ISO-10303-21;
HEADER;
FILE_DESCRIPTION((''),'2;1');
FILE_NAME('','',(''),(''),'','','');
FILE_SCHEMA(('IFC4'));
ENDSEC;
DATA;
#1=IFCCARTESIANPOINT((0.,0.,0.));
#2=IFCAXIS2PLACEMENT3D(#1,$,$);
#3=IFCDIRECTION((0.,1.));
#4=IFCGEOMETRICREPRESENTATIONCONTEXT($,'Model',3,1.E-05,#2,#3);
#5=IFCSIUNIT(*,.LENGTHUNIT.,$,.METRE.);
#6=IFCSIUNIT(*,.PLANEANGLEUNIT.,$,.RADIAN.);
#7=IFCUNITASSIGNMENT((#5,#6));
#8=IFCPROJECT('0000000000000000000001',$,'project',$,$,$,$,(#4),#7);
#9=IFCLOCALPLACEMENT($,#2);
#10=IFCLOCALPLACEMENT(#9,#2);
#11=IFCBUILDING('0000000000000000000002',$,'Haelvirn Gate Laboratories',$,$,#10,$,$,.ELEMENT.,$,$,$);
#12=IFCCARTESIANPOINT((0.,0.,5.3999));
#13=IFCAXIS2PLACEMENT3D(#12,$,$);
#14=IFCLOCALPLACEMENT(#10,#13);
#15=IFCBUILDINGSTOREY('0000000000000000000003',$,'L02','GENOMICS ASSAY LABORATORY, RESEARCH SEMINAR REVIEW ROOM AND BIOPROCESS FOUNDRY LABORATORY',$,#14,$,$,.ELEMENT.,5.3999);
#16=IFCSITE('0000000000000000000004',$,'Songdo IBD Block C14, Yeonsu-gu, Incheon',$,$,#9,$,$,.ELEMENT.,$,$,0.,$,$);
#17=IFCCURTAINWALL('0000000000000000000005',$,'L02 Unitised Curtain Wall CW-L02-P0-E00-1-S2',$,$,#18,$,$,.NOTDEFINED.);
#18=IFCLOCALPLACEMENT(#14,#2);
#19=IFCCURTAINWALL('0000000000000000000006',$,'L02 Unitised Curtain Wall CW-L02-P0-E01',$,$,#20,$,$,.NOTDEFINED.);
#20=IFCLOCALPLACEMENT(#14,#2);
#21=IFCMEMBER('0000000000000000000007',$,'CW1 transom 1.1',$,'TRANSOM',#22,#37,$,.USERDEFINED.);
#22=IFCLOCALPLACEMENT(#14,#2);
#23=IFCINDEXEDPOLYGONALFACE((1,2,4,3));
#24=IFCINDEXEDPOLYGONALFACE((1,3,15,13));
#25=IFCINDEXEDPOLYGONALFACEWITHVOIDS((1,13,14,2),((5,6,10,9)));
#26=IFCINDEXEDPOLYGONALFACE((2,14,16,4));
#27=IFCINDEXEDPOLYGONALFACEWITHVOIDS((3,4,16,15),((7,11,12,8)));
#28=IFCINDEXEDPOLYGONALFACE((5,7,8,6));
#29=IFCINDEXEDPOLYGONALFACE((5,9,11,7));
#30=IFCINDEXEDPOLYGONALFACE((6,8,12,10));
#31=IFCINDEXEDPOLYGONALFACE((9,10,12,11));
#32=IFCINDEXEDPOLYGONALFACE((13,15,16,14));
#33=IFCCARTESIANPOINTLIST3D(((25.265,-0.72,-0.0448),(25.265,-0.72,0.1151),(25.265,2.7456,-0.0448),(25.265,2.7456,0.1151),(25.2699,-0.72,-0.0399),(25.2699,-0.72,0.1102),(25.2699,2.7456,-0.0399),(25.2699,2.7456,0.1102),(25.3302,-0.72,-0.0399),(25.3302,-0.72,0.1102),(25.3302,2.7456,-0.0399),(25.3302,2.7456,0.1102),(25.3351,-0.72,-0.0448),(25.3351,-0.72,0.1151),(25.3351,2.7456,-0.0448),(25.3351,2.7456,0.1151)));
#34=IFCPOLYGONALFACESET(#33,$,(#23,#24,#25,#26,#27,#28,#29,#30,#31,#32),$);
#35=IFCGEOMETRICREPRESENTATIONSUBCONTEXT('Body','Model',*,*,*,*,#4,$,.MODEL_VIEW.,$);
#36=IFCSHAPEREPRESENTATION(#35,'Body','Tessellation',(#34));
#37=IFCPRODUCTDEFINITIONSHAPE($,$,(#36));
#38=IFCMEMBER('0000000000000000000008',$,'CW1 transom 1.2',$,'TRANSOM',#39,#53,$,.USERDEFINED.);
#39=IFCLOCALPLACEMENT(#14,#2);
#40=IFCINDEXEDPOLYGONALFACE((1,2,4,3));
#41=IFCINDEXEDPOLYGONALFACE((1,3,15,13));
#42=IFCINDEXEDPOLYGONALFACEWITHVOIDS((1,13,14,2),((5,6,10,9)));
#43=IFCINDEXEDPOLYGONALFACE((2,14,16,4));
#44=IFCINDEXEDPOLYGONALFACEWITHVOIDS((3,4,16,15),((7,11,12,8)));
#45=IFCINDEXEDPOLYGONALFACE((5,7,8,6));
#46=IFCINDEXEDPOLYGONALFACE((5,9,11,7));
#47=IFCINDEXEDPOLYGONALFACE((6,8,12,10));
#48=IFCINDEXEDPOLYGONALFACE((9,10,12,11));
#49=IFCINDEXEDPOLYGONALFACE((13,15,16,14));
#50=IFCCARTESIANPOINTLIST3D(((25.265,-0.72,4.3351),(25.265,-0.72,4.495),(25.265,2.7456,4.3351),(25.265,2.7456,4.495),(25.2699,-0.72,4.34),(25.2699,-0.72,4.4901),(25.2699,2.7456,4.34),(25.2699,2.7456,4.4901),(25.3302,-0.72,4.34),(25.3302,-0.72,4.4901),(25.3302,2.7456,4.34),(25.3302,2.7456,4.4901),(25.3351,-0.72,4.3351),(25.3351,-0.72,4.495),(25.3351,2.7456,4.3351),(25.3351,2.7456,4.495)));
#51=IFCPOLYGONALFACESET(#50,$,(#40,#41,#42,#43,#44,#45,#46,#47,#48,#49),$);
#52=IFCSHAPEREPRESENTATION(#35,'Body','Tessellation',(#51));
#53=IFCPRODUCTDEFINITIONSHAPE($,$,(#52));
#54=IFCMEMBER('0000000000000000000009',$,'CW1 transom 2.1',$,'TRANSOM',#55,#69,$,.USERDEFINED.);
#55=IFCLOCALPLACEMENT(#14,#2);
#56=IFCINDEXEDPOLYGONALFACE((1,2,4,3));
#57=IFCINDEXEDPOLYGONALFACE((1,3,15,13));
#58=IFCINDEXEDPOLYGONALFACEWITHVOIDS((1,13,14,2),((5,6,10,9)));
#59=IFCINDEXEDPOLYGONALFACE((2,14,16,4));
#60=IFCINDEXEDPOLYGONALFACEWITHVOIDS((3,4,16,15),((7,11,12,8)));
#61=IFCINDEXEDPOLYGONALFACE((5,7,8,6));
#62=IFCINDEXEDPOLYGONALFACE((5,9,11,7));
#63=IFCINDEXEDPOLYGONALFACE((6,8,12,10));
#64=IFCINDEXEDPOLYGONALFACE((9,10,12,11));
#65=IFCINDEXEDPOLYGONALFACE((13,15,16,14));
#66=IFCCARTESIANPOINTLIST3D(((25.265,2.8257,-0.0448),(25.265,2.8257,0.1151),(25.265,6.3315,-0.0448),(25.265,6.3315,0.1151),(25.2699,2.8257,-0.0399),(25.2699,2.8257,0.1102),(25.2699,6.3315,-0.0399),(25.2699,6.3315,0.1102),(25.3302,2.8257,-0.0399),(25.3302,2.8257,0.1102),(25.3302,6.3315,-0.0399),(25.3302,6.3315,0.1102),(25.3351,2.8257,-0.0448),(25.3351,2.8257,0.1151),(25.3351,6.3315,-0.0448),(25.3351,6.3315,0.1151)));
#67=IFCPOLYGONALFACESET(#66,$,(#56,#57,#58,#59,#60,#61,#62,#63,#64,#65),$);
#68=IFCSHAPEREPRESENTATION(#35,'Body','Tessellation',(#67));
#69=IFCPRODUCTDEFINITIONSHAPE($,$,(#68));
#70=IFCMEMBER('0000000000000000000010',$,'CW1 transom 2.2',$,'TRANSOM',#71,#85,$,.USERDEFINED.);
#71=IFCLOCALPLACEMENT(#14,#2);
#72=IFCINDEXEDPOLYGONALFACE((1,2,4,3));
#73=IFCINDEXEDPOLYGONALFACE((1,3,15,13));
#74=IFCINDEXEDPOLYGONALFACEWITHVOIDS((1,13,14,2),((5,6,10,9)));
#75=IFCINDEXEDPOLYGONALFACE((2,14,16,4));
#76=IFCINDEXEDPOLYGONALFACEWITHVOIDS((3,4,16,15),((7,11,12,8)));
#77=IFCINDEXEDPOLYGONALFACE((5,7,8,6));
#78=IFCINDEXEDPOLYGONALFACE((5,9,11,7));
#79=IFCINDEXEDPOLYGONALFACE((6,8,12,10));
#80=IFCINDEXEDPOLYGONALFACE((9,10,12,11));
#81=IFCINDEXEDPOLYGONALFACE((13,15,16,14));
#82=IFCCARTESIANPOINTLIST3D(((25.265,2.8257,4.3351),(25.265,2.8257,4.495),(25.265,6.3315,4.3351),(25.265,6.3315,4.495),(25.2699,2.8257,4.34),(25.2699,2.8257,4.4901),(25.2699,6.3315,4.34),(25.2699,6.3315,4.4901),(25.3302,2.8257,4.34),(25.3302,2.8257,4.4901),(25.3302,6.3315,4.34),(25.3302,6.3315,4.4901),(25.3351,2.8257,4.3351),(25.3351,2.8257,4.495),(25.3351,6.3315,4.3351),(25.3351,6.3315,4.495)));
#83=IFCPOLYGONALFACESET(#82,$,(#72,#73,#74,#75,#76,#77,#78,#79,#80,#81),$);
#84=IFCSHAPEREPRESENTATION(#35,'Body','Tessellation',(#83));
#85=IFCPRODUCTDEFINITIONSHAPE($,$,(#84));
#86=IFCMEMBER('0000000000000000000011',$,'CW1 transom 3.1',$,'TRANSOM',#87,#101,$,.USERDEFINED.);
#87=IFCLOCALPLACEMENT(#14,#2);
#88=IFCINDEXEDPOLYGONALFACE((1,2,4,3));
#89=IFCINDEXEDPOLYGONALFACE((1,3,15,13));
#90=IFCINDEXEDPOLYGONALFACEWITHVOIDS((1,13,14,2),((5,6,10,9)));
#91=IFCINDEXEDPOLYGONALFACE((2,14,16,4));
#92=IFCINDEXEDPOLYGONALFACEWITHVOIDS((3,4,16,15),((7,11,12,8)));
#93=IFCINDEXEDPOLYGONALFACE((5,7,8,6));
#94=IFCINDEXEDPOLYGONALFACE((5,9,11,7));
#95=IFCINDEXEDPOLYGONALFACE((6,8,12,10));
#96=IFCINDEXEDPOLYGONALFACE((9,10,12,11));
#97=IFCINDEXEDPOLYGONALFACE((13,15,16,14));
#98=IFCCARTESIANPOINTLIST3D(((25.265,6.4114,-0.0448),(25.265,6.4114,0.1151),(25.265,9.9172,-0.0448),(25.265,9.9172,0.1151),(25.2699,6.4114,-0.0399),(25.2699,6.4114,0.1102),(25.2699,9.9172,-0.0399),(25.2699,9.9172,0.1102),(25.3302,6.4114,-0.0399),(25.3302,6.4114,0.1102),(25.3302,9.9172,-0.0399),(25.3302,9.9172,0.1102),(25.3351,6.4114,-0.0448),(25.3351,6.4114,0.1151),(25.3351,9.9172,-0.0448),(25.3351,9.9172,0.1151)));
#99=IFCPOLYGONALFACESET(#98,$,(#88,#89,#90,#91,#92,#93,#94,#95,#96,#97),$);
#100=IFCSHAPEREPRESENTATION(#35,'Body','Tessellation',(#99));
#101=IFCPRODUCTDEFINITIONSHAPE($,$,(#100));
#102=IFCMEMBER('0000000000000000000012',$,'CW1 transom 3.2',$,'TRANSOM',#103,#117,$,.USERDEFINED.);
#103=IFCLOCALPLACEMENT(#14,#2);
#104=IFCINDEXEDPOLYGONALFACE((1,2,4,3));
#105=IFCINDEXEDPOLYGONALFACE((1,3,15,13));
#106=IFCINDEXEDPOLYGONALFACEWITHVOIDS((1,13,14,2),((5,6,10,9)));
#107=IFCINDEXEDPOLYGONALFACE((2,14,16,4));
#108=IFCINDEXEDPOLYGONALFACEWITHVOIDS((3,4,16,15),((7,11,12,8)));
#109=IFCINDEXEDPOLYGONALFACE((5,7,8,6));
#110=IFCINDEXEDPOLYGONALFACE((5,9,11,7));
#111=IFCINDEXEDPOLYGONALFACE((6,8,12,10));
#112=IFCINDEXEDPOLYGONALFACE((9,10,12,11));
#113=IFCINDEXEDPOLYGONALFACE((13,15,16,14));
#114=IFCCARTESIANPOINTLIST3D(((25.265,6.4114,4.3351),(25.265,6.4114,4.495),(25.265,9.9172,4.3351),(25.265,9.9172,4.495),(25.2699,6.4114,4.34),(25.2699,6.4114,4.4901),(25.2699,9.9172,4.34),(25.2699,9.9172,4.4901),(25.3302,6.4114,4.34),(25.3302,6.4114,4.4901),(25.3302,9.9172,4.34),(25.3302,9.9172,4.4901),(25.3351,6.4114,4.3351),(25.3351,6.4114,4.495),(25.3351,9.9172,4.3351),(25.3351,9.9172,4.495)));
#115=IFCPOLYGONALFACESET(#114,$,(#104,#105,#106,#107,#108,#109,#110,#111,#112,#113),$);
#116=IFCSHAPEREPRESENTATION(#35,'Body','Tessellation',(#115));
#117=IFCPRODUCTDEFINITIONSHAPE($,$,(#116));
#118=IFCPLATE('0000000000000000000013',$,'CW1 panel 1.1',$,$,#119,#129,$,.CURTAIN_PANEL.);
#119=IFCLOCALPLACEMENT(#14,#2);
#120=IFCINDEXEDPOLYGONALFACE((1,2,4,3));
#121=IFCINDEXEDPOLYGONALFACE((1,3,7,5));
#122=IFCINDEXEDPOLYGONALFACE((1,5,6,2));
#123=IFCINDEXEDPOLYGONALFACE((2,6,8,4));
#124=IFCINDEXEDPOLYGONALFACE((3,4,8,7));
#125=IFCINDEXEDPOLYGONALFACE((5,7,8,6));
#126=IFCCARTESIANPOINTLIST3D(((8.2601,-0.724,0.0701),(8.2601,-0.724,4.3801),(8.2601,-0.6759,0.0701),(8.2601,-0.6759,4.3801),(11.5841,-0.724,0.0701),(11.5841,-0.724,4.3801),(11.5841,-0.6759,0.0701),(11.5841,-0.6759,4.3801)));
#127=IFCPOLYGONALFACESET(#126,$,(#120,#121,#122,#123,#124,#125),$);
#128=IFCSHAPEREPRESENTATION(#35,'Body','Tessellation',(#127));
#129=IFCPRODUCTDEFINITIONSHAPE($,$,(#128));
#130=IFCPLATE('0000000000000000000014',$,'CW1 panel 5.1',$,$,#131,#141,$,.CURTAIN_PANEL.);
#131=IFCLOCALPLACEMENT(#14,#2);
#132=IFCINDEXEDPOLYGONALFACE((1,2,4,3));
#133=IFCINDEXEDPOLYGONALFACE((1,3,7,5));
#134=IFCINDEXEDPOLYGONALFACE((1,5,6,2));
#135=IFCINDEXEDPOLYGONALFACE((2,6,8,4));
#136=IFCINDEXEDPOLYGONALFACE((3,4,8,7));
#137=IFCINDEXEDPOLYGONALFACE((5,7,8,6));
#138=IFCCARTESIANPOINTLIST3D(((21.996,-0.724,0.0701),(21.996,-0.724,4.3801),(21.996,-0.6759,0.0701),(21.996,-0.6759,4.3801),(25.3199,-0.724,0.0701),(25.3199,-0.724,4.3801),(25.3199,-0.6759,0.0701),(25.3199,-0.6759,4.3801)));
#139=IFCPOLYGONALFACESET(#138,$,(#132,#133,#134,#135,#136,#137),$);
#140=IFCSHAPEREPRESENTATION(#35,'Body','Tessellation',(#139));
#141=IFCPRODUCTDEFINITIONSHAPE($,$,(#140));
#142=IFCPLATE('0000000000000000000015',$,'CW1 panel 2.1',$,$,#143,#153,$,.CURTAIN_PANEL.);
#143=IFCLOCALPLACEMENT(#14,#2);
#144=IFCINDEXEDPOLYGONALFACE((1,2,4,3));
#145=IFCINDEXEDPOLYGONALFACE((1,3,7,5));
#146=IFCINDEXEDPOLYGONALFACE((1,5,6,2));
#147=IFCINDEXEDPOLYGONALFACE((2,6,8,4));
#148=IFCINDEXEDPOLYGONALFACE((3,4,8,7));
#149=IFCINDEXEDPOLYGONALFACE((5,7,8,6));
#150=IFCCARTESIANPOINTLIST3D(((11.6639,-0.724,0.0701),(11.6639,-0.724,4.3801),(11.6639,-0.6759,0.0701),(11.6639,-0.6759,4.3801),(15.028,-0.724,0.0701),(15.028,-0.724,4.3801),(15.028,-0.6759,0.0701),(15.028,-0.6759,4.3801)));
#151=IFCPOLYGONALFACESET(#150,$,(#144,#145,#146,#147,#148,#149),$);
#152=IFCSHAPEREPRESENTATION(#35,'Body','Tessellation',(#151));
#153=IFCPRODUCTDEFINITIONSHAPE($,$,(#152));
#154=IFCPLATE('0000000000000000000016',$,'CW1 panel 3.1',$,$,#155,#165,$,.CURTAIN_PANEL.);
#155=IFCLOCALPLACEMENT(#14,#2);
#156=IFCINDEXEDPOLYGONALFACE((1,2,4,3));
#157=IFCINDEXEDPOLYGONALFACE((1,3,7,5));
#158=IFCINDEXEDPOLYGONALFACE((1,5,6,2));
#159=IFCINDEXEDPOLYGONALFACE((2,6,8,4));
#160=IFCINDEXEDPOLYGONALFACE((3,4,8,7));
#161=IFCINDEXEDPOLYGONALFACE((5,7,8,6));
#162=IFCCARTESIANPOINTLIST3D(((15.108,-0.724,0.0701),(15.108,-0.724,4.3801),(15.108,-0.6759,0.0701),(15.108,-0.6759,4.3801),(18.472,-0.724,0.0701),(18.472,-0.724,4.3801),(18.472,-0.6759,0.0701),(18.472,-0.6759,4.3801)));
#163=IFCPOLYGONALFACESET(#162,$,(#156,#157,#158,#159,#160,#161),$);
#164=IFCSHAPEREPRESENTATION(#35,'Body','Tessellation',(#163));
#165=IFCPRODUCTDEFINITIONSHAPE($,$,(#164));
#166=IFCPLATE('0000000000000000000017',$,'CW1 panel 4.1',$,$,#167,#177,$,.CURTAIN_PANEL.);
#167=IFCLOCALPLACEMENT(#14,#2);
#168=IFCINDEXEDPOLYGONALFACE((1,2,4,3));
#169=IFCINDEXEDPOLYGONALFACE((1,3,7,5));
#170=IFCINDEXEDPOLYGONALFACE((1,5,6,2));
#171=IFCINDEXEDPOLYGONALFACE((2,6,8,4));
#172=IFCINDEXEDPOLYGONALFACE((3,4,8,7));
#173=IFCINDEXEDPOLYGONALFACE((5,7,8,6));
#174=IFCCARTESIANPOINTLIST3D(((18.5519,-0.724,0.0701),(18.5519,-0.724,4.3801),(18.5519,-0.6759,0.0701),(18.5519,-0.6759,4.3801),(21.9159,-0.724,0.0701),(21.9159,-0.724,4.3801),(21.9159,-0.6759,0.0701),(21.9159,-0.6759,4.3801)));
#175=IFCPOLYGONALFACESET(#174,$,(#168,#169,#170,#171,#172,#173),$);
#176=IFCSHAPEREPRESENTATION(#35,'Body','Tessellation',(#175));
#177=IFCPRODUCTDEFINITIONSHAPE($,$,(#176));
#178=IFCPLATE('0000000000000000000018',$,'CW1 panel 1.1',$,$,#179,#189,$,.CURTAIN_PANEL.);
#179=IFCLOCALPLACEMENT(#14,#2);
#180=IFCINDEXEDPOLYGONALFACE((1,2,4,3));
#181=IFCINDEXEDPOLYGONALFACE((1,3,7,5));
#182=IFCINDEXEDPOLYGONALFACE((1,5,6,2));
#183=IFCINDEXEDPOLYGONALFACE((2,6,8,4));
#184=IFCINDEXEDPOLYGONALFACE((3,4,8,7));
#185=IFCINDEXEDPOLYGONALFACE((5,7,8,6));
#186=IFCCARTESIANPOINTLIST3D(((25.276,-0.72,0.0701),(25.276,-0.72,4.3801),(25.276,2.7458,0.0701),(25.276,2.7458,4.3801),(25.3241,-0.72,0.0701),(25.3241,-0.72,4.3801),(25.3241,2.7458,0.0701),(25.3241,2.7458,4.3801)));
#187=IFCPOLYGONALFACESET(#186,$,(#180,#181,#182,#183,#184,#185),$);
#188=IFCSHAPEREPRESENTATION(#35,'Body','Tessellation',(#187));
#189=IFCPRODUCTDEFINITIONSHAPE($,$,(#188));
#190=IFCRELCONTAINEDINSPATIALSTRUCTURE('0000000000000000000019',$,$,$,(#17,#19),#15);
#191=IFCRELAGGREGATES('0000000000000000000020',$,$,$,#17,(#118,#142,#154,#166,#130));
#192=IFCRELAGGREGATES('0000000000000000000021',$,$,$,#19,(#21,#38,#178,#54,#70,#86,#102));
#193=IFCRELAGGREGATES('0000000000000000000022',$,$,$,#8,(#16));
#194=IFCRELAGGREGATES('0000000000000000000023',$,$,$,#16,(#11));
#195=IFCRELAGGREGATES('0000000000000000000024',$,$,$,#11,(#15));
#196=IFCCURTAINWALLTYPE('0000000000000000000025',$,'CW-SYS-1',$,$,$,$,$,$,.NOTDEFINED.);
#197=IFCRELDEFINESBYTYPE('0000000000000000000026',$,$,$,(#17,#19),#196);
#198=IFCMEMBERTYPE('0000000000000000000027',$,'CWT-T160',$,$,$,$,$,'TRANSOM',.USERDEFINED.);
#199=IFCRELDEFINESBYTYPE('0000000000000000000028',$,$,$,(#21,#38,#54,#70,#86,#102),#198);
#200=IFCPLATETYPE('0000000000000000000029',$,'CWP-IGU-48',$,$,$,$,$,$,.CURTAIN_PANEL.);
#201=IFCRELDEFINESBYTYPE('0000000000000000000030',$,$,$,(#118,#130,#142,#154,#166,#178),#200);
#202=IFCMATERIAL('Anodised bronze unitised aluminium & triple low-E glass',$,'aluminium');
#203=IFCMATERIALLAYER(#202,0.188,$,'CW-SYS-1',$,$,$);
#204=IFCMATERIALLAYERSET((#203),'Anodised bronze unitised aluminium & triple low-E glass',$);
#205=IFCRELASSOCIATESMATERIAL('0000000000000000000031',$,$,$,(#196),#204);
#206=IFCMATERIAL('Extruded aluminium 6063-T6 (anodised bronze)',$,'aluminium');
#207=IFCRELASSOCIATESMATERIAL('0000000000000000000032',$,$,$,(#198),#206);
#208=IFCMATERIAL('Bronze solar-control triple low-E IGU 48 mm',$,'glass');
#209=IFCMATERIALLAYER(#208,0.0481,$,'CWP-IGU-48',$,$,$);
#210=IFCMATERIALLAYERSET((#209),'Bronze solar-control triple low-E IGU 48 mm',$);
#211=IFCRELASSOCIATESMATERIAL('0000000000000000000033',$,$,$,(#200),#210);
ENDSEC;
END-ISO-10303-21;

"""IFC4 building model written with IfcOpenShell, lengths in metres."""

from ifc_helpers import new_model, si_unit, direction, frame, origin, origin_2d, place, context, subcontext, project, spatial, rectangle, hollow_rectangle, extrude, source, transform, mapped, material, layer, layer_set, material_profile, profile_set, type_object, element, aggregate, save


model = new_model("IFC4")

# Units and contexts
model_context = context("Model", 3, precision=1e-05, world=origin(), true_north=direction((0.0, 1.0)))
body_context = subcontext(model_context, "Body", "Model", "MODEL_VIEW")
ifc_project = project(units=[si_unit("LENGTHUNIT", "METRE"), si_unit("PLANEANGLEUNIT", "RADIAN")], contexts=[model_context])

# Site, building, storey
site_placement = place(None, origin())
site = spatial("IfcSite", under=ifc_project, at=site_placement, Name="Songdo IBD Block C14, Yeonsu-gu, Incheon", CompositionType="ELEMENT", RefElevation=0.0)
building_placement = place(site_placement, origin())
building = spatial("IfcBuilding", under=site, at=building_placement, Name="Haelvirn Gate Laboratories", CompositionType="ELEMENT")
storey_placement = place(building_placement, frame((0.0, 0.0, 5.3999)))
storey = spatial("IfcBuildingStorey", under=building, at=storey_placement, Name="L02", Description="GENOMICS ASSAY LABORATORY, RESEARCH SEMINAR REVIEW ROOM AND BIOPROCESS FOUNDRY LABORATORY", CompositionType="ELEMENT", Elevation=5.3999)

# Curtain walls
ifc_material_1 = material(Name="Anodised bronze unitised aluminium & triple low-E glass", Category="aluminium")
ifc_layer_1 = layer(ifc_material_1, 0.188, Name="CW-SYS-1")
ifc_layer_set_1 = layer_set([ifc_layer_1], Name="Anodised bronze unitised aluminium & triple low-E glass")
curtain_wall_type = type_object("IfcCurtainWallType", Name="CW-SYS-1", PredefinedType="NOTDEFINED", material=ifc_layer_set_1)
curtain_wall_1_placement = place(storey_placement, origin())
curtain_wall_1 = element("IfcCurtainWall", 1, at=curtain_wall_1_placement, inside=storey, type_object=curtain_wall_type, Name="L02 Unitised Curtain Wall CW-L02-P0-E00-1-S2", PredefinedType="NOTDEFINED")
ifc_material_2 = material(Name="Extruded aluminium 6063-T6 (anodised bronze)", Category="aluminium")
curtain_wall_2_placement = place(storey_placement, origin())
curtain_wall_2 = element("IfcCurtainWall", 2, at=curtain_wall_2_placement, inside=storey, type_object=curtain_wall_type, Name="L02 Unitised Curtain Wall CW-L02-P0-E01", PredefinedType="NOTDEFINED")

# Members
ifc_material_profile_1 = material_profile(ifc_material_2, hollow_rectangle(XDim=0.0701, YDim=0.1599, WallThickness=0.0049, at=origin_2d()), Name="CWT-160x70x5")
ifc_profile_set_1 = profile_set([ifc_material_profile_1], Name="Extruded aluminium 6063-T6 (anodised bronze)")
member_type_1 = type_object("IfcMemberType", Name="CWT-T160", ElementType="TRANSOM", PredefinedType="USERDEFINED", material=ifc_profile_set_1)
shared_shape_1 = source(origin(), body_context, "Body", "SweptSolid", [
    extrude(hollow_rectangle(XDim=0.0701, YDim=0.1599, WallThickness=0.0049, at=origin_2d()), origin(), (0.0, 0.0, 1.0), 3.4656),
])
member_1_placement = place(storey_placement, frame((25.3, -0.72, 0.0352), z_axis=(0.0, 1.0, 0.0), x_axis=(-1.0, 0.0, 0.0)))
member_1 = element("IfcMember", 3, at=member_1_placement, type_object=member_type_1, Name="CW1 transom 1.1", ObjectType="TRANSOM", PredefinedType="USERDEFINED", context=body_context, shape_type="MappedRepresentation", body=[
    mapped(shared_shape_1, transform((0.0, 0.0, 0.0), scale=1.0)),
])
member_2_placement = place(storey_placement, frame((25.3, -0.72, 4.415), z_axis=(0.0, 1.0, 0.0), x_axis=(-1.0, 0.0, 0.0)))
member_2 = element("IfcMember", 4, at=member_2_placement, type_object=member_type_1, Name="CW1 transom 1.2", ObjectType="TRANSOM", PredefinedType="USERDEFINED", context=body_context, shape_type="MappedRepresentation", body=[
    mapped(shared_shape_1, transform((0.0, 0.0, 0.0), scale=1.0)),
])
shared_shape_2 = source(origin(), body_context, "Body", "SweptSolid", [
    extrude(hollow_rectangle(XDim=0.0701, YDim=0.1599, WallThickness=0.0049, at=origin_2d()), origin(), (0.0, 0.0, 1.0), 3.5059),
])
member_3_placement = place(storey_placement, frame((25.3, 2.8257, 0.0352), z_axis=(0.0, 1.0, 0.0), x_axis=(-1.0, 0.0, 0.0)))
member_3 = element("IfcMember", 5, at=member_3_placement, type_object=member_type_1, Name="CW1 transom 2.1", ObjectType="TRANSOM", PredefinedType="USERDEFINED", context=body_context, shape_type="MappedRepresentation", body=[
    mapped(shared_shape_2, transform((0.0, 0.0, 0.0), scale=1.0)),
])
member_4_placement = place(storey_placement, frame((25.3, 2.8257, 4.415), z_axis=(0.0, 1.0, 0.0), x_axis=(-1.0, 0.0, 0.0)))
member_4 = element("IfcMember", 6, at=member_4_placement, type_object=member_type_1, Name="CW1 transom 2.2", ObjectType="TRANSOM", PredefinedType="USERDEFINED", context=body_context, shape_type="MappedRepresentation", body=[
    mapped(shared_shape_2, transform((0.0, 0.0, 0.0), scale=1.0)),
])
member_5_placement = place(storey_placement, frame((25.3, 6.4114, 0.0352), z_axis=(0.0, 1.0, 0.0), x_axis=(-1.0, 0.0, 0.0)))
member_5 = element("IfcMember", 7, at=member_5_placement, type_object=member_type_1, Name="CW1 transom 3.1", ObjectType="TRANSOM", PredefinedType="USERDEFINED", context=body_context, shape_type="MappedRepresentation", body=[
    mapped(shared_shape_2, transform((0.0, 0.0, 0.0), scale=1.0)),
])
member_6_placement = place(storey_placement, frame((25.3, 6.4114, 4.415), z_axis=(0.0, 1.0, 0.0), x_axis=(-1.0, 0.0, 0.0)))
member_6 = element("IfcMember", 8, at=member_6_placement, type_object=member_type_1, Name="CW1 transom 3.2", ObjectType="TRANSOM", PredefinedType="USERDEFINED", context=body_context, shape_type="MappedRepresentation", body=[
    mapped(shared_shape_2, transform((0.0, 0.0, 0.0), scale=1.0)),
])

# Plates
ifc_material_3 = material(Name="Bronze solar-control triple low-E IGU 48 mm", Category="glass")
ifc_layer_2 = layer(ifc_material_3, 0.0481, Name="CWP-IGU-48")
ifc_layer_set_2 = layer_set([ifc_layer_2], Name="Bronze solar-control triple low-E IGU 48 mm")
plate_type = type_object("IfcPlateType", Name="CWP-IGU-48", PredefinedType="CURTAIN_PANEL", material=ifc_layer_set_2)
shared_shape_3 = source(origin(), body_context, "Body", "SweptSolid", [
    extrude(rectangle(XDim=3.324, YDim=0.0481, at=origin_2d()), origin(), (0.0, 0.0, 1.0), 4.3101),
])
plate_1_placement = place(storey_placement, frame((9.9221, -0.7, 0.0701), z_axis=(0.0, 0.0, 1.0), x_axis=(1.0, 0.0, 0.0)))
plate_1 = element("IfcPlate", 9, at=plate_1_placement, type_object=plate_type, Name="CW1 panel 1.1", PredefinedType="CURTAIN_PANEL", context=body_context, shape_type="MappedRepresentation", body=[
    mapped(shared_shape_3, transform((0.0, 0.0, 0.0), scale=1.0)),
])
plate_2_placement = place(storey_placement, frame((23.658, -0.7, 0.0701), z_axis=(0.0, 0.0, 1.0), x_axis=(1.0, 0.0, 0.0)))
plate_2 = element("IfcPlate", 10, at=plate_2_placement, type_object=plate_type, Name="CW1 panel 5.1", PredefinedType="CURTAIN_PANEL", context=body_context, shape_type="MappedRepresentation", body=[
    mapped(shared_shape_3, transform((0.0, 0.0, 0.0), scale=1.0)),
])
shared_shape_4 = source(origin(), body_context, "Body", "SweptSolid", [
    extrude(rectangle(XDim=3.364, YDim=0.0481, at=origin_2d()), origin(), (0.0, 0.0, 1.0), 4.3101),
])
plate_3_placement = place(storey_placement, frame((13.3459, -0.7, 0.0701), z_axis=(0.0, 0.0, 1.0), x_axis=(1.0, 0.0, 0.0)))
plate_3 = element("IfcPlate", 11, at=plate_3_placement, type_object=plate_type, Name="CW1 panel 2.1", PredefinedType="CURTAIN_PANEL", context=body_context, shape_type="MappedRepresentation", body=[
    mapped(shared_shape_4, transform((0.0, 0.0, 0.0), scale=1.0)),
])
plate_4_placement = place(storey_placement, frame((16.79, -0.7, 0.0701), z_axis=(0.0, 0.0, 1.0), x_axis=(1.0, 0.0, 0.0)))
plate_4 = element("IfcPlate", 12, at=plate_4_placement, type_object=plate_type, Name="CW1 panel 3.1", PredefinedType="CURTAIN_PANEL", context=body_context, shape_type="MappedRepresentation", body=[
    mapped(shared_shape_4, transform((0.0, 0.0, 0.0), scale=1.0)),
])
plate_5_placement = place(storey_placement, frame((20.2339, -0.7, 0.0701), z_axis=(0.0, 0.0, 1.0), x_axis=(1.0, 0.0, 0.0)))
plate_5 = element("IfcPlate", 13, at=plate_5_placement, type_object=plate_type, Name="CW1 panel 4.1", PredefinedType="CURTAIN_PANEL", context=body_context, shape_type="MappedRepresentation", body=[
    mapped(shared_shape_4, transform((0.0, 0.0, 0.0), scale=1.0)),
])
aggregate(curtain_wall_1, [plate_1, plate_3, plate_4, plate_5, plate_2])
shared_shape_5 = source(origin(), body_context, "Body", "SweptSolid", [
    extrude(rectangle(XDim=3.4658, YDim=0.0481, at=origin_2d()), origin(), (0.0, 0.0, 1.0), 4.3101),
])
plate_6_placement = place(storey_placement, frame((25.3, 1.0129, 0.0701), z_axis=(0.0, 0.0, 1.0), x_axis=(0.0, 1.0, 0.0)))
plate_6 = element("IfcPlate", 14, at=plate_6_placement, type_object=plate_type, Name="CW1 panel 1.1", PredefinedType="CURTAIN_PANEL", context=body_context, shape_type="MappedRepresentation", body=[
    mapped(shared_shape_5, transform((0.0, 0.0, 0.0), scale=1.0)),
])
aggregate(curtain_wall_2, [member_1, member_2, plate_6, member_3, member_4, member_5, member_6])

save(model, "model.ifc")
